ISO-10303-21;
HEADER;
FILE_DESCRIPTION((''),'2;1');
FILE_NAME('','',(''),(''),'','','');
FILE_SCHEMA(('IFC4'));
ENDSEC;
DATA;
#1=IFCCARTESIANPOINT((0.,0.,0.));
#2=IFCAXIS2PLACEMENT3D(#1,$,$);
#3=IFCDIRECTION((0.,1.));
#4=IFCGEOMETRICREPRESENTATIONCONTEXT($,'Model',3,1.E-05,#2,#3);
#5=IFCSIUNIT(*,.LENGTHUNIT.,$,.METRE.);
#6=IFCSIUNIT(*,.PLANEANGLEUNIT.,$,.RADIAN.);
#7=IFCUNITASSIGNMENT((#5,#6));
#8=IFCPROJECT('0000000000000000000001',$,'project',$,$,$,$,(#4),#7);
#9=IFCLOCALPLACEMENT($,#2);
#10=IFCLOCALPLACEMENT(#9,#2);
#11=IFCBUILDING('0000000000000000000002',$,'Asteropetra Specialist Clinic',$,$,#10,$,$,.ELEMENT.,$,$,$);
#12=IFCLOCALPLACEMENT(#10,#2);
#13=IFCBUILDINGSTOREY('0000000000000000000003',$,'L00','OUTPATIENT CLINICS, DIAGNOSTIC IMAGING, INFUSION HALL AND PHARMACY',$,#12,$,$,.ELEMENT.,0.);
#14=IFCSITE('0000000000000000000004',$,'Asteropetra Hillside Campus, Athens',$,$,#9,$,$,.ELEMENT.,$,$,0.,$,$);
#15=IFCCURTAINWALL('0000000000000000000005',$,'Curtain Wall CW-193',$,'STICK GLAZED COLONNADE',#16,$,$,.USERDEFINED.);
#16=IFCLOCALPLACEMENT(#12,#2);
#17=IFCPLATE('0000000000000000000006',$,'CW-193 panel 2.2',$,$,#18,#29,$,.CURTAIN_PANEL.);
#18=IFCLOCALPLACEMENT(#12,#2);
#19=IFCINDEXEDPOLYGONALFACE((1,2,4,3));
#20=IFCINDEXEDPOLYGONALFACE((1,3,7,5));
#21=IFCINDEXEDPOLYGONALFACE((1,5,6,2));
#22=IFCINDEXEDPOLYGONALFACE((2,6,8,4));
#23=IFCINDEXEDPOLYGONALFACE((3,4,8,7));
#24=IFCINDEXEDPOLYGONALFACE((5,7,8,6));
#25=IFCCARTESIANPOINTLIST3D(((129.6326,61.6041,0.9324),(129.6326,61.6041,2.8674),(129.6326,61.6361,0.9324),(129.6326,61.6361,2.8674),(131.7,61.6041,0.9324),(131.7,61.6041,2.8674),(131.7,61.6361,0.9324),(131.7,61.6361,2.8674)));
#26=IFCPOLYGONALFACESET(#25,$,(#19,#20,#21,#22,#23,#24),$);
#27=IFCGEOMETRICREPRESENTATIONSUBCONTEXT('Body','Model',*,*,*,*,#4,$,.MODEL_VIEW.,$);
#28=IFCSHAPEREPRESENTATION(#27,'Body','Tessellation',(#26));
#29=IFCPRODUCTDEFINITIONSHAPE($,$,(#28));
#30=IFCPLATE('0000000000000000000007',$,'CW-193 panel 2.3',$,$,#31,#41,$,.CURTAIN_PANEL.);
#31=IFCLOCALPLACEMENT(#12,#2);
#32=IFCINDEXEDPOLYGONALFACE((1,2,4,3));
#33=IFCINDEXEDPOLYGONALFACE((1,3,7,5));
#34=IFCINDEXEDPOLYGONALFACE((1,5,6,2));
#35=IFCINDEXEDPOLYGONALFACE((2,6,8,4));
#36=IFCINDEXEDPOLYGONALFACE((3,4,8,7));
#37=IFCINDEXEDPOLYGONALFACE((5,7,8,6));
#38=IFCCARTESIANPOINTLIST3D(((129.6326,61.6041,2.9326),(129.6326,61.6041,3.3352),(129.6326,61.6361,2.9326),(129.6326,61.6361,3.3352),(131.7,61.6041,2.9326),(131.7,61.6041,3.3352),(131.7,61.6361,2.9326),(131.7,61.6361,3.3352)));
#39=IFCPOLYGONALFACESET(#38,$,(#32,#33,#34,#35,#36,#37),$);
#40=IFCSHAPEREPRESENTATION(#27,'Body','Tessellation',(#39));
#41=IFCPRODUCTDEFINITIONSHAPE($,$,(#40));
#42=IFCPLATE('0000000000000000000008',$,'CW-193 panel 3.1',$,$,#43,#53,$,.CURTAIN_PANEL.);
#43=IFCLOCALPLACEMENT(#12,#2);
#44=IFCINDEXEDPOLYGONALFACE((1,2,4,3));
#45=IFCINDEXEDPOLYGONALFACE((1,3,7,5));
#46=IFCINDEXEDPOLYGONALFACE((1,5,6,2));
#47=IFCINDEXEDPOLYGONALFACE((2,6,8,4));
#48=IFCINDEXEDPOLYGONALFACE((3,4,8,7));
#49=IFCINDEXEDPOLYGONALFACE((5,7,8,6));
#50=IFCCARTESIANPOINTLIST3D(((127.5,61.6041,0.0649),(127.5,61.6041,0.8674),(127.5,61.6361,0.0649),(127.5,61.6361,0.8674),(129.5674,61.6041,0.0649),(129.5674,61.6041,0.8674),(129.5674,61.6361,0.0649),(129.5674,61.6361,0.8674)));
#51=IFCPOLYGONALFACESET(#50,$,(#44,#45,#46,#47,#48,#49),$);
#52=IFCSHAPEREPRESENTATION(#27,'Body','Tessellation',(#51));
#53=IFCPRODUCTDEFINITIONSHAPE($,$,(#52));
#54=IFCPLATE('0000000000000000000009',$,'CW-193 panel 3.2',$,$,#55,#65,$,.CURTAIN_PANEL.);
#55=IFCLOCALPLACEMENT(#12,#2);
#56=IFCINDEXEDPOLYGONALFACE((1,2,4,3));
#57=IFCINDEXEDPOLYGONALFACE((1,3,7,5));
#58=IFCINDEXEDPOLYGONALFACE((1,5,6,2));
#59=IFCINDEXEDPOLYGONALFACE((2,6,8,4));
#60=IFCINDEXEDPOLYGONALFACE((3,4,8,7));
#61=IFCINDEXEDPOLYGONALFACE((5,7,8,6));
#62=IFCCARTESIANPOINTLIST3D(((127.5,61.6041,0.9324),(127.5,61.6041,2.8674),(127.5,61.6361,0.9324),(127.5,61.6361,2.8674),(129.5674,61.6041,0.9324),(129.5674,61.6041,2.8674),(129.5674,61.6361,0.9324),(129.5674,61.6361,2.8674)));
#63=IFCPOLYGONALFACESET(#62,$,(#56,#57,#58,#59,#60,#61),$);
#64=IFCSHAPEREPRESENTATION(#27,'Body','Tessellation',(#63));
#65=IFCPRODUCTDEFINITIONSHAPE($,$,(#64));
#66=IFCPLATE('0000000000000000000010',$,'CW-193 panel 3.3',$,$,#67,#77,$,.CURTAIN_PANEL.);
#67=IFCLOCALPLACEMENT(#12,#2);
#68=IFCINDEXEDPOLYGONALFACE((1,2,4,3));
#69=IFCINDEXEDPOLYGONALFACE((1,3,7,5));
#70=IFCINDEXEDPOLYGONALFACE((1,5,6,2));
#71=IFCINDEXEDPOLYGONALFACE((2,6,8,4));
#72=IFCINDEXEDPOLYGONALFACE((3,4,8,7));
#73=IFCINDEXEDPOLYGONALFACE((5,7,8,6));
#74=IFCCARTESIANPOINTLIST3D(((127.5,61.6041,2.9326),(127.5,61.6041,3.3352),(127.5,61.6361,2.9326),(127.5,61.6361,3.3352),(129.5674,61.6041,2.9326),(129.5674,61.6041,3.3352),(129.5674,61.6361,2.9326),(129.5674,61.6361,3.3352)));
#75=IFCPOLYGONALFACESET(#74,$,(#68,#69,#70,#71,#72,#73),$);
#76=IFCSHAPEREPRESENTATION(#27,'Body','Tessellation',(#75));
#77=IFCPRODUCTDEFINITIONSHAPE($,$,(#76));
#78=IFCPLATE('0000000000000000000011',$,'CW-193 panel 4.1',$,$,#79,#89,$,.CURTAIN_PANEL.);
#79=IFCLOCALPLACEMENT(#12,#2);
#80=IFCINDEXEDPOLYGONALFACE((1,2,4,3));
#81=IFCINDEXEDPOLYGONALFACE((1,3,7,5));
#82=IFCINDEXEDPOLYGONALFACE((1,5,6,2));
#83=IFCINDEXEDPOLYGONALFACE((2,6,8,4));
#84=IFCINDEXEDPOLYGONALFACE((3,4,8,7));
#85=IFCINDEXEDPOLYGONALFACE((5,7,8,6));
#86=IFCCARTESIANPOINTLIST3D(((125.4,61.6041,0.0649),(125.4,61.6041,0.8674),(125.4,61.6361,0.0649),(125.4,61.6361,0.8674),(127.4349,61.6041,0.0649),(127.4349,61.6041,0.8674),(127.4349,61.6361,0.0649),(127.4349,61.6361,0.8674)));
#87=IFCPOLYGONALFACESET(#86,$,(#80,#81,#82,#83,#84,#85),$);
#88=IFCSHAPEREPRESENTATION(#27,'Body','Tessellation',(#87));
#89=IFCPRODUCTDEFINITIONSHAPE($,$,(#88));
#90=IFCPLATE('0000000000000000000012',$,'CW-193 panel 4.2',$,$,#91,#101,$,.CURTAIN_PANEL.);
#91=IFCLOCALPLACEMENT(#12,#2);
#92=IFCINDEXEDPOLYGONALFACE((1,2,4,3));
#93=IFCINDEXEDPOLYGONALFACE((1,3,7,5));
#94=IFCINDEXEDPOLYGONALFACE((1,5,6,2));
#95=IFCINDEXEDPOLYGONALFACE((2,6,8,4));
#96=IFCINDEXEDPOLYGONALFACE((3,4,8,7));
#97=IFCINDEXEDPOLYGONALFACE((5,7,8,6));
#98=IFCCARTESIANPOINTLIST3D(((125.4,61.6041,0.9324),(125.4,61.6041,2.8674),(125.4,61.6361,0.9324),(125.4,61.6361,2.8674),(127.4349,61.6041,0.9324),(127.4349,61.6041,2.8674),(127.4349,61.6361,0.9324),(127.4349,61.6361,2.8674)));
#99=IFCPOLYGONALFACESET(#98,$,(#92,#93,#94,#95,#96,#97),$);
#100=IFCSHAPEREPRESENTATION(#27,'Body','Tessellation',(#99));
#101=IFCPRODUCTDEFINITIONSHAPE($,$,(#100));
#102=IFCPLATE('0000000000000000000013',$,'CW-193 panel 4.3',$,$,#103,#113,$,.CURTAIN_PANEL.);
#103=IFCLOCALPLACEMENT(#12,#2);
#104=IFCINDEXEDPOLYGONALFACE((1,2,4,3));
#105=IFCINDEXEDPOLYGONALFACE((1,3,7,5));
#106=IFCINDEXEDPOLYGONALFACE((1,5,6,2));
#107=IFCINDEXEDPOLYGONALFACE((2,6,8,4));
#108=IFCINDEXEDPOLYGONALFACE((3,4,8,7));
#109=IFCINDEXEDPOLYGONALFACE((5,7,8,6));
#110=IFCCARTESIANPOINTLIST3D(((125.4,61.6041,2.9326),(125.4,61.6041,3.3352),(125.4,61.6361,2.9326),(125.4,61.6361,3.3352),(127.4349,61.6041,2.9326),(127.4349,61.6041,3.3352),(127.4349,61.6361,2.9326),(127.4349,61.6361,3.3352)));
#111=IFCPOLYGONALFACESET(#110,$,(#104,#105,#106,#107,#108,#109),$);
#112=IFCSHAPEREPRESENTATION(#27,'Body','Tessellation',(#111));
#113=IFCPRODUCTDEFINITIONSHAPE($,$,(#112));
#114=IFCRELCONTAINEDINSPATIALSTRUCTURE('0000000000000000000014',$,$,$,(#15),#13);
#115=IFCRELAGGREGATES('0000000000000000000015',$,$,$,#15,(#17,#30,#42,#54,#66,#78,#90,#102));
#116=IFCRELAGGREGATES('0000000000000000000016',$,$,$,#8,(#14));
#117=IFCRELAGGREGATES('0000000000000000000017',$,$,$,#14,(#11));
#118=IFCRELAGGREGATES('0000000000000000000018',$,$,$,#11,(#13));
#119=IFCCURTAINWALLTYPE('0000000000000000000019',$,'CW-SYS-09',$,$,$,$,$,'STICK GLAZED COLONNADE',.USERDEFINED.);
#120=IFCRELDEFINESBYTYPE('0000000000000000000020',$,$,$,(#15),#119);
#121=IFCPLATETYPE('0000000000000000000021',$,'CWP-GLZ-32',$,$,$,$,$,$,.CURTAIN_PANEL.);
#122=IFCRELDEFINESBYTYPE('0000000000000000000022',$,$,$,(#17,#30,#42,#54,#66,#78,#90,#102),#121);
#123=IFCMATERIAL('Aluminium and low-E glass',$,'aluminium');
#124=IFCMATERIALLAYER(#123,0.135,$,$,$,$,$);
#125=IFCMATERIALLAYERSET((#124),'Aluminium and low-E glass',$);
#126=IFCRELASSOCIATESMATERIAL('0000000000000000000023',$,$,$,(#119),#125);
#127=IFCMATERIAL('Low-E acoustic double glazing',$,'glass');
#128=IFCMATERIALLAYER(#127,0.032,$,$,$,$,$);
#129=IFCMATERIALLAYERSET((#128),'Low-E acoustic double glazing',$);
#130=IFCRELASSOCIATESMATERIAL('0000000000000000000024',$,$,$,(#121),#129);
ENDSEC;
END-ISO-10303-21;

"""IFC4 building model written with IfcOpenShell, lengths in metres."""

from ifc_helpers import new_model, si_unit, direction, frame, origin, origin_2d, place, context, subcontext, project, spatial, rectangle, extrude, material, layer, layer_set, type_object, element, aggregate, save


model = new_model("IFC4")

# Units and contexts
model_context = context("Model", 3, precision=1e-05, world=origin(), true_north=direction((0.0, 1.0)))
body_context = subcontext(model_context, "Body", "Model", "MODEL_VIEW")
ifc_project = project(units=[si_unit("LENGTHUNIT", "METRE"), si_unit("PLANEANGLEUNIT", "RADIAN")], contexts=[model_context])

# Site, building, storey
site_placement = place(None, origin())
site = spatial("IfcSite", under=ifc_project, at=site_placement, Name="Asteropetra Hillside Campus, Athens", CompositionType="ELEMENT", RefElevation=0.0)
building_placement = place(site_placement, origin())
building = spatial("IfcBuilding", under=site, at=building_placement, Name="Asteropetra Specialist Clinic", CompositionType="ELEMENT")
storey_placement = place(building_placement, origin())
storey = spatial("IfcBuildingStorey", under=building, at=storey_placement, Name="L00", Description="OUTPATIENT CLINICS, DIAGNOSTIC IMAGING, INFUSION HALL AND PHARMACY", CompositionType="ELEMENT", Elevation=0.0)

# Curtain wall, plates
ifc_material_1 = material(Name="Aluminium and low-E glass", Category="aluminium")
ifc_layer_1 = layer(ifc_material_1, 0.135)
ifc_layer_set_1 = layer_set([ifc_layer_1], Name="Aluminium and low-E glass")
curtain_wall_type = type_object("IfcCurtainWallType", Name="CW-SYS-09", ElementType="STICK GLAZED COLONNADE", PredefinedType="USERDEFINED", material=ifc_layer_set_1)
curtain_wall_placement = place(storey_placement, origin())
curtain_wall = element("IfcCurtainWall", 1, at=curtain_wall_placement, inside=storey, type_object=curtain_wall_type, Name="Curtain Wall CW-193", ObjectType="STICK GLAZED COLONNADE", PredefinedType="USERDEFINED")
ifc_material_2 = material(Name="Low-E acoustic double glazing", Category="glass")
ifc_layer_2 = layer(ifc_material_2, 0.032)
ifc_layer_set_2 = layer_set([ifc_layer_2], Name="Low-E acoustic double glazing")
plate_type = type_object("IfcPlateType", Name="CWP-GLZ-32", PredefinedType="CURTAIN_PANEL", material=ifc_layer_set_2)
plate_1_placement = place(storey_placement, frame((130.6663, 61.6201, 0.9324), z_axis=(0.0, 0.0, 1.0), x_axis=(-1.0, 0.0, 0.0)))
plate_1 = element("IfcPlate", 2, at=plate_1_placement, type_object=plate_type, Name="CW-193 panel 2.2", PredefinedType="CURTAIN_PANEL", context=body_context, shape_type="SweptSolid", body=[
    extrude(rectangle(XDim=2.0674, YDim=0.032, at=origin_2d()), origin(), (0.0, 0.0, 1.0), 1.9351),
])
plate_2_placement = place(storey_placement, frame((130.6663, 61.6201, 2.9326), z_axis=(0.0, 0.0, 1.0), x_axis=(-1.0, 0.0, 0.0)))
plate_2 = element("IfcPlate", 3, at=plate_2_placement, type_object=plate_type, Name="CW-193 panel 2.3", PredefinedType="CURTAIN_PANEL", context=body_context, shape_type="SweptSolid", body=[
    extrude(rectangle(XDim=2.0674, YDim=0.032, at=origin_2d()), origin(), (0.0, 0.0, 1.0), 0.4026),
])
plate_3_placement = place(storey_placement, frame((128.5337, 61.6201, 0.0649), z_axis=(0.0, 0.0, 1.0), x_axis=(-1.0, 0.0, 0.0)))
plate_3 = element("IfcPlate", 4, at=plate_3_placement, type_object=plate_type, Name="CW-193 panel 3.1", PredefinedType="CURTAIN_PANEL", context=body_context, shape_type="SweptSolid", body=[
    extrude(rectangle(XDim=2.0674, YDim=0.032, at=origin_2d()), origin(), (0.0, 0.0, 1.0), 0.8025),
])
plate_4_placement = place(storey_placement, frame((128.5337, 61.6201, 0.9324), z_axis=(0.0, 0.0, 1.0), x_axis=(-1.0, 0.0, 0.0)))
plate_4 = element("IfcPlate", 5, at=plate_4_placement, type_object=plate_type, Name="CW-193 panel 3.2", PredefinedType="CURTAIN_PANEL", context=body_context, shape_type="SweptSolid", body=[
    extrude(rectangle(XDim=2.0674, YDim=0.032, at=origin_2d()), origin(), (0.0, 0.0, 1.0), 1.9351),
])
plate_5_placement = place(storey_placement, frame((128.5337, 61.6201, 2.9326), z_axis=(0.0, 0.0, 1.0), x_axis=(-1.0, 0.0, 0.0)))
plate_5 = element("IfcPlate", 6, at=plate_5_placement, type_object=plate_type, Name="CW-193 panel 3.3", PredefinedType="CURTAIN_PANEL", context=body_context, shape_type="SweptSolid", body=[
    extrude(rectangle(XDim=2.0674, YDim=0.032, at=origin_2d()), origin(), (0.0, 0.0, 1.0), 0.4026),
])
plate_6_placement = place(storey_placement, frame((126.4175, 61.6201, 0.0649), z_axis=(0.0, 0.0, 1.0), x_axis=(-1.0, 0.0, 0.0)))
plate_6 = element("IfcPlate", 7, at=plate_6_placement, type_object=plate_type, Name="CW-193 panel 4.1", PredefinedType="CURTAIN_PANEL", context=body_context, shape_type="SweptSolid", body=[
    extrude(rectangle(XDim=2.0349, YDim=0.032, at=origin_2d()), origin(), (0.0, 0.0, 1.0), 0.8025),
])
plate_7_placement = place(storey_placement, frame((126.4175, 61.6201, 0.9324), z_axis=(0.0, 0.0, 1.0), x_axis=(-1.0, 0.0, 0.0)))
plate_7 = element("IfcPlate", 8, at=plate_7_placement, type_object=plate_type, Name="CW-193 panel 4.2", PredefinedType="CURTAIN_PANEL", context=body_context, shape_type="SweptSolid", body=[
    extrude(rectangle(XDim=2.0349, YDim=0.032, at=origin_2d()), origin(), (0.0, 0.0, 1.0), 1.9351),
])
plate_8_placement = place(storey_placement, frame((126.4175, 61.6201, 2.9326), z_axis=(0.0, 0.0, 1.0), x_axis=(-1.0, 0.0, 0.0)))
plate_8 = element("IfcPlate", 9, at=plate_8_placement, type_object=plate_type, Name="CW-193 panel 4.3", PredefinedType="CURTAIN_PANEL", context=body_context, shape_type="SweptSolid", body=[
    extrude(rectangle(XDim=2.0349, YDim=0.032, at=origin_2d()), origin(), (0.0, 0.0, 1.0), 0.4026),
])
aggregate(curtain_wall, [plate_1, plate_2, plate_3, plate_4, plate_5, plate_6, plate_7, plate_8])

save(model, "model.ifc")
